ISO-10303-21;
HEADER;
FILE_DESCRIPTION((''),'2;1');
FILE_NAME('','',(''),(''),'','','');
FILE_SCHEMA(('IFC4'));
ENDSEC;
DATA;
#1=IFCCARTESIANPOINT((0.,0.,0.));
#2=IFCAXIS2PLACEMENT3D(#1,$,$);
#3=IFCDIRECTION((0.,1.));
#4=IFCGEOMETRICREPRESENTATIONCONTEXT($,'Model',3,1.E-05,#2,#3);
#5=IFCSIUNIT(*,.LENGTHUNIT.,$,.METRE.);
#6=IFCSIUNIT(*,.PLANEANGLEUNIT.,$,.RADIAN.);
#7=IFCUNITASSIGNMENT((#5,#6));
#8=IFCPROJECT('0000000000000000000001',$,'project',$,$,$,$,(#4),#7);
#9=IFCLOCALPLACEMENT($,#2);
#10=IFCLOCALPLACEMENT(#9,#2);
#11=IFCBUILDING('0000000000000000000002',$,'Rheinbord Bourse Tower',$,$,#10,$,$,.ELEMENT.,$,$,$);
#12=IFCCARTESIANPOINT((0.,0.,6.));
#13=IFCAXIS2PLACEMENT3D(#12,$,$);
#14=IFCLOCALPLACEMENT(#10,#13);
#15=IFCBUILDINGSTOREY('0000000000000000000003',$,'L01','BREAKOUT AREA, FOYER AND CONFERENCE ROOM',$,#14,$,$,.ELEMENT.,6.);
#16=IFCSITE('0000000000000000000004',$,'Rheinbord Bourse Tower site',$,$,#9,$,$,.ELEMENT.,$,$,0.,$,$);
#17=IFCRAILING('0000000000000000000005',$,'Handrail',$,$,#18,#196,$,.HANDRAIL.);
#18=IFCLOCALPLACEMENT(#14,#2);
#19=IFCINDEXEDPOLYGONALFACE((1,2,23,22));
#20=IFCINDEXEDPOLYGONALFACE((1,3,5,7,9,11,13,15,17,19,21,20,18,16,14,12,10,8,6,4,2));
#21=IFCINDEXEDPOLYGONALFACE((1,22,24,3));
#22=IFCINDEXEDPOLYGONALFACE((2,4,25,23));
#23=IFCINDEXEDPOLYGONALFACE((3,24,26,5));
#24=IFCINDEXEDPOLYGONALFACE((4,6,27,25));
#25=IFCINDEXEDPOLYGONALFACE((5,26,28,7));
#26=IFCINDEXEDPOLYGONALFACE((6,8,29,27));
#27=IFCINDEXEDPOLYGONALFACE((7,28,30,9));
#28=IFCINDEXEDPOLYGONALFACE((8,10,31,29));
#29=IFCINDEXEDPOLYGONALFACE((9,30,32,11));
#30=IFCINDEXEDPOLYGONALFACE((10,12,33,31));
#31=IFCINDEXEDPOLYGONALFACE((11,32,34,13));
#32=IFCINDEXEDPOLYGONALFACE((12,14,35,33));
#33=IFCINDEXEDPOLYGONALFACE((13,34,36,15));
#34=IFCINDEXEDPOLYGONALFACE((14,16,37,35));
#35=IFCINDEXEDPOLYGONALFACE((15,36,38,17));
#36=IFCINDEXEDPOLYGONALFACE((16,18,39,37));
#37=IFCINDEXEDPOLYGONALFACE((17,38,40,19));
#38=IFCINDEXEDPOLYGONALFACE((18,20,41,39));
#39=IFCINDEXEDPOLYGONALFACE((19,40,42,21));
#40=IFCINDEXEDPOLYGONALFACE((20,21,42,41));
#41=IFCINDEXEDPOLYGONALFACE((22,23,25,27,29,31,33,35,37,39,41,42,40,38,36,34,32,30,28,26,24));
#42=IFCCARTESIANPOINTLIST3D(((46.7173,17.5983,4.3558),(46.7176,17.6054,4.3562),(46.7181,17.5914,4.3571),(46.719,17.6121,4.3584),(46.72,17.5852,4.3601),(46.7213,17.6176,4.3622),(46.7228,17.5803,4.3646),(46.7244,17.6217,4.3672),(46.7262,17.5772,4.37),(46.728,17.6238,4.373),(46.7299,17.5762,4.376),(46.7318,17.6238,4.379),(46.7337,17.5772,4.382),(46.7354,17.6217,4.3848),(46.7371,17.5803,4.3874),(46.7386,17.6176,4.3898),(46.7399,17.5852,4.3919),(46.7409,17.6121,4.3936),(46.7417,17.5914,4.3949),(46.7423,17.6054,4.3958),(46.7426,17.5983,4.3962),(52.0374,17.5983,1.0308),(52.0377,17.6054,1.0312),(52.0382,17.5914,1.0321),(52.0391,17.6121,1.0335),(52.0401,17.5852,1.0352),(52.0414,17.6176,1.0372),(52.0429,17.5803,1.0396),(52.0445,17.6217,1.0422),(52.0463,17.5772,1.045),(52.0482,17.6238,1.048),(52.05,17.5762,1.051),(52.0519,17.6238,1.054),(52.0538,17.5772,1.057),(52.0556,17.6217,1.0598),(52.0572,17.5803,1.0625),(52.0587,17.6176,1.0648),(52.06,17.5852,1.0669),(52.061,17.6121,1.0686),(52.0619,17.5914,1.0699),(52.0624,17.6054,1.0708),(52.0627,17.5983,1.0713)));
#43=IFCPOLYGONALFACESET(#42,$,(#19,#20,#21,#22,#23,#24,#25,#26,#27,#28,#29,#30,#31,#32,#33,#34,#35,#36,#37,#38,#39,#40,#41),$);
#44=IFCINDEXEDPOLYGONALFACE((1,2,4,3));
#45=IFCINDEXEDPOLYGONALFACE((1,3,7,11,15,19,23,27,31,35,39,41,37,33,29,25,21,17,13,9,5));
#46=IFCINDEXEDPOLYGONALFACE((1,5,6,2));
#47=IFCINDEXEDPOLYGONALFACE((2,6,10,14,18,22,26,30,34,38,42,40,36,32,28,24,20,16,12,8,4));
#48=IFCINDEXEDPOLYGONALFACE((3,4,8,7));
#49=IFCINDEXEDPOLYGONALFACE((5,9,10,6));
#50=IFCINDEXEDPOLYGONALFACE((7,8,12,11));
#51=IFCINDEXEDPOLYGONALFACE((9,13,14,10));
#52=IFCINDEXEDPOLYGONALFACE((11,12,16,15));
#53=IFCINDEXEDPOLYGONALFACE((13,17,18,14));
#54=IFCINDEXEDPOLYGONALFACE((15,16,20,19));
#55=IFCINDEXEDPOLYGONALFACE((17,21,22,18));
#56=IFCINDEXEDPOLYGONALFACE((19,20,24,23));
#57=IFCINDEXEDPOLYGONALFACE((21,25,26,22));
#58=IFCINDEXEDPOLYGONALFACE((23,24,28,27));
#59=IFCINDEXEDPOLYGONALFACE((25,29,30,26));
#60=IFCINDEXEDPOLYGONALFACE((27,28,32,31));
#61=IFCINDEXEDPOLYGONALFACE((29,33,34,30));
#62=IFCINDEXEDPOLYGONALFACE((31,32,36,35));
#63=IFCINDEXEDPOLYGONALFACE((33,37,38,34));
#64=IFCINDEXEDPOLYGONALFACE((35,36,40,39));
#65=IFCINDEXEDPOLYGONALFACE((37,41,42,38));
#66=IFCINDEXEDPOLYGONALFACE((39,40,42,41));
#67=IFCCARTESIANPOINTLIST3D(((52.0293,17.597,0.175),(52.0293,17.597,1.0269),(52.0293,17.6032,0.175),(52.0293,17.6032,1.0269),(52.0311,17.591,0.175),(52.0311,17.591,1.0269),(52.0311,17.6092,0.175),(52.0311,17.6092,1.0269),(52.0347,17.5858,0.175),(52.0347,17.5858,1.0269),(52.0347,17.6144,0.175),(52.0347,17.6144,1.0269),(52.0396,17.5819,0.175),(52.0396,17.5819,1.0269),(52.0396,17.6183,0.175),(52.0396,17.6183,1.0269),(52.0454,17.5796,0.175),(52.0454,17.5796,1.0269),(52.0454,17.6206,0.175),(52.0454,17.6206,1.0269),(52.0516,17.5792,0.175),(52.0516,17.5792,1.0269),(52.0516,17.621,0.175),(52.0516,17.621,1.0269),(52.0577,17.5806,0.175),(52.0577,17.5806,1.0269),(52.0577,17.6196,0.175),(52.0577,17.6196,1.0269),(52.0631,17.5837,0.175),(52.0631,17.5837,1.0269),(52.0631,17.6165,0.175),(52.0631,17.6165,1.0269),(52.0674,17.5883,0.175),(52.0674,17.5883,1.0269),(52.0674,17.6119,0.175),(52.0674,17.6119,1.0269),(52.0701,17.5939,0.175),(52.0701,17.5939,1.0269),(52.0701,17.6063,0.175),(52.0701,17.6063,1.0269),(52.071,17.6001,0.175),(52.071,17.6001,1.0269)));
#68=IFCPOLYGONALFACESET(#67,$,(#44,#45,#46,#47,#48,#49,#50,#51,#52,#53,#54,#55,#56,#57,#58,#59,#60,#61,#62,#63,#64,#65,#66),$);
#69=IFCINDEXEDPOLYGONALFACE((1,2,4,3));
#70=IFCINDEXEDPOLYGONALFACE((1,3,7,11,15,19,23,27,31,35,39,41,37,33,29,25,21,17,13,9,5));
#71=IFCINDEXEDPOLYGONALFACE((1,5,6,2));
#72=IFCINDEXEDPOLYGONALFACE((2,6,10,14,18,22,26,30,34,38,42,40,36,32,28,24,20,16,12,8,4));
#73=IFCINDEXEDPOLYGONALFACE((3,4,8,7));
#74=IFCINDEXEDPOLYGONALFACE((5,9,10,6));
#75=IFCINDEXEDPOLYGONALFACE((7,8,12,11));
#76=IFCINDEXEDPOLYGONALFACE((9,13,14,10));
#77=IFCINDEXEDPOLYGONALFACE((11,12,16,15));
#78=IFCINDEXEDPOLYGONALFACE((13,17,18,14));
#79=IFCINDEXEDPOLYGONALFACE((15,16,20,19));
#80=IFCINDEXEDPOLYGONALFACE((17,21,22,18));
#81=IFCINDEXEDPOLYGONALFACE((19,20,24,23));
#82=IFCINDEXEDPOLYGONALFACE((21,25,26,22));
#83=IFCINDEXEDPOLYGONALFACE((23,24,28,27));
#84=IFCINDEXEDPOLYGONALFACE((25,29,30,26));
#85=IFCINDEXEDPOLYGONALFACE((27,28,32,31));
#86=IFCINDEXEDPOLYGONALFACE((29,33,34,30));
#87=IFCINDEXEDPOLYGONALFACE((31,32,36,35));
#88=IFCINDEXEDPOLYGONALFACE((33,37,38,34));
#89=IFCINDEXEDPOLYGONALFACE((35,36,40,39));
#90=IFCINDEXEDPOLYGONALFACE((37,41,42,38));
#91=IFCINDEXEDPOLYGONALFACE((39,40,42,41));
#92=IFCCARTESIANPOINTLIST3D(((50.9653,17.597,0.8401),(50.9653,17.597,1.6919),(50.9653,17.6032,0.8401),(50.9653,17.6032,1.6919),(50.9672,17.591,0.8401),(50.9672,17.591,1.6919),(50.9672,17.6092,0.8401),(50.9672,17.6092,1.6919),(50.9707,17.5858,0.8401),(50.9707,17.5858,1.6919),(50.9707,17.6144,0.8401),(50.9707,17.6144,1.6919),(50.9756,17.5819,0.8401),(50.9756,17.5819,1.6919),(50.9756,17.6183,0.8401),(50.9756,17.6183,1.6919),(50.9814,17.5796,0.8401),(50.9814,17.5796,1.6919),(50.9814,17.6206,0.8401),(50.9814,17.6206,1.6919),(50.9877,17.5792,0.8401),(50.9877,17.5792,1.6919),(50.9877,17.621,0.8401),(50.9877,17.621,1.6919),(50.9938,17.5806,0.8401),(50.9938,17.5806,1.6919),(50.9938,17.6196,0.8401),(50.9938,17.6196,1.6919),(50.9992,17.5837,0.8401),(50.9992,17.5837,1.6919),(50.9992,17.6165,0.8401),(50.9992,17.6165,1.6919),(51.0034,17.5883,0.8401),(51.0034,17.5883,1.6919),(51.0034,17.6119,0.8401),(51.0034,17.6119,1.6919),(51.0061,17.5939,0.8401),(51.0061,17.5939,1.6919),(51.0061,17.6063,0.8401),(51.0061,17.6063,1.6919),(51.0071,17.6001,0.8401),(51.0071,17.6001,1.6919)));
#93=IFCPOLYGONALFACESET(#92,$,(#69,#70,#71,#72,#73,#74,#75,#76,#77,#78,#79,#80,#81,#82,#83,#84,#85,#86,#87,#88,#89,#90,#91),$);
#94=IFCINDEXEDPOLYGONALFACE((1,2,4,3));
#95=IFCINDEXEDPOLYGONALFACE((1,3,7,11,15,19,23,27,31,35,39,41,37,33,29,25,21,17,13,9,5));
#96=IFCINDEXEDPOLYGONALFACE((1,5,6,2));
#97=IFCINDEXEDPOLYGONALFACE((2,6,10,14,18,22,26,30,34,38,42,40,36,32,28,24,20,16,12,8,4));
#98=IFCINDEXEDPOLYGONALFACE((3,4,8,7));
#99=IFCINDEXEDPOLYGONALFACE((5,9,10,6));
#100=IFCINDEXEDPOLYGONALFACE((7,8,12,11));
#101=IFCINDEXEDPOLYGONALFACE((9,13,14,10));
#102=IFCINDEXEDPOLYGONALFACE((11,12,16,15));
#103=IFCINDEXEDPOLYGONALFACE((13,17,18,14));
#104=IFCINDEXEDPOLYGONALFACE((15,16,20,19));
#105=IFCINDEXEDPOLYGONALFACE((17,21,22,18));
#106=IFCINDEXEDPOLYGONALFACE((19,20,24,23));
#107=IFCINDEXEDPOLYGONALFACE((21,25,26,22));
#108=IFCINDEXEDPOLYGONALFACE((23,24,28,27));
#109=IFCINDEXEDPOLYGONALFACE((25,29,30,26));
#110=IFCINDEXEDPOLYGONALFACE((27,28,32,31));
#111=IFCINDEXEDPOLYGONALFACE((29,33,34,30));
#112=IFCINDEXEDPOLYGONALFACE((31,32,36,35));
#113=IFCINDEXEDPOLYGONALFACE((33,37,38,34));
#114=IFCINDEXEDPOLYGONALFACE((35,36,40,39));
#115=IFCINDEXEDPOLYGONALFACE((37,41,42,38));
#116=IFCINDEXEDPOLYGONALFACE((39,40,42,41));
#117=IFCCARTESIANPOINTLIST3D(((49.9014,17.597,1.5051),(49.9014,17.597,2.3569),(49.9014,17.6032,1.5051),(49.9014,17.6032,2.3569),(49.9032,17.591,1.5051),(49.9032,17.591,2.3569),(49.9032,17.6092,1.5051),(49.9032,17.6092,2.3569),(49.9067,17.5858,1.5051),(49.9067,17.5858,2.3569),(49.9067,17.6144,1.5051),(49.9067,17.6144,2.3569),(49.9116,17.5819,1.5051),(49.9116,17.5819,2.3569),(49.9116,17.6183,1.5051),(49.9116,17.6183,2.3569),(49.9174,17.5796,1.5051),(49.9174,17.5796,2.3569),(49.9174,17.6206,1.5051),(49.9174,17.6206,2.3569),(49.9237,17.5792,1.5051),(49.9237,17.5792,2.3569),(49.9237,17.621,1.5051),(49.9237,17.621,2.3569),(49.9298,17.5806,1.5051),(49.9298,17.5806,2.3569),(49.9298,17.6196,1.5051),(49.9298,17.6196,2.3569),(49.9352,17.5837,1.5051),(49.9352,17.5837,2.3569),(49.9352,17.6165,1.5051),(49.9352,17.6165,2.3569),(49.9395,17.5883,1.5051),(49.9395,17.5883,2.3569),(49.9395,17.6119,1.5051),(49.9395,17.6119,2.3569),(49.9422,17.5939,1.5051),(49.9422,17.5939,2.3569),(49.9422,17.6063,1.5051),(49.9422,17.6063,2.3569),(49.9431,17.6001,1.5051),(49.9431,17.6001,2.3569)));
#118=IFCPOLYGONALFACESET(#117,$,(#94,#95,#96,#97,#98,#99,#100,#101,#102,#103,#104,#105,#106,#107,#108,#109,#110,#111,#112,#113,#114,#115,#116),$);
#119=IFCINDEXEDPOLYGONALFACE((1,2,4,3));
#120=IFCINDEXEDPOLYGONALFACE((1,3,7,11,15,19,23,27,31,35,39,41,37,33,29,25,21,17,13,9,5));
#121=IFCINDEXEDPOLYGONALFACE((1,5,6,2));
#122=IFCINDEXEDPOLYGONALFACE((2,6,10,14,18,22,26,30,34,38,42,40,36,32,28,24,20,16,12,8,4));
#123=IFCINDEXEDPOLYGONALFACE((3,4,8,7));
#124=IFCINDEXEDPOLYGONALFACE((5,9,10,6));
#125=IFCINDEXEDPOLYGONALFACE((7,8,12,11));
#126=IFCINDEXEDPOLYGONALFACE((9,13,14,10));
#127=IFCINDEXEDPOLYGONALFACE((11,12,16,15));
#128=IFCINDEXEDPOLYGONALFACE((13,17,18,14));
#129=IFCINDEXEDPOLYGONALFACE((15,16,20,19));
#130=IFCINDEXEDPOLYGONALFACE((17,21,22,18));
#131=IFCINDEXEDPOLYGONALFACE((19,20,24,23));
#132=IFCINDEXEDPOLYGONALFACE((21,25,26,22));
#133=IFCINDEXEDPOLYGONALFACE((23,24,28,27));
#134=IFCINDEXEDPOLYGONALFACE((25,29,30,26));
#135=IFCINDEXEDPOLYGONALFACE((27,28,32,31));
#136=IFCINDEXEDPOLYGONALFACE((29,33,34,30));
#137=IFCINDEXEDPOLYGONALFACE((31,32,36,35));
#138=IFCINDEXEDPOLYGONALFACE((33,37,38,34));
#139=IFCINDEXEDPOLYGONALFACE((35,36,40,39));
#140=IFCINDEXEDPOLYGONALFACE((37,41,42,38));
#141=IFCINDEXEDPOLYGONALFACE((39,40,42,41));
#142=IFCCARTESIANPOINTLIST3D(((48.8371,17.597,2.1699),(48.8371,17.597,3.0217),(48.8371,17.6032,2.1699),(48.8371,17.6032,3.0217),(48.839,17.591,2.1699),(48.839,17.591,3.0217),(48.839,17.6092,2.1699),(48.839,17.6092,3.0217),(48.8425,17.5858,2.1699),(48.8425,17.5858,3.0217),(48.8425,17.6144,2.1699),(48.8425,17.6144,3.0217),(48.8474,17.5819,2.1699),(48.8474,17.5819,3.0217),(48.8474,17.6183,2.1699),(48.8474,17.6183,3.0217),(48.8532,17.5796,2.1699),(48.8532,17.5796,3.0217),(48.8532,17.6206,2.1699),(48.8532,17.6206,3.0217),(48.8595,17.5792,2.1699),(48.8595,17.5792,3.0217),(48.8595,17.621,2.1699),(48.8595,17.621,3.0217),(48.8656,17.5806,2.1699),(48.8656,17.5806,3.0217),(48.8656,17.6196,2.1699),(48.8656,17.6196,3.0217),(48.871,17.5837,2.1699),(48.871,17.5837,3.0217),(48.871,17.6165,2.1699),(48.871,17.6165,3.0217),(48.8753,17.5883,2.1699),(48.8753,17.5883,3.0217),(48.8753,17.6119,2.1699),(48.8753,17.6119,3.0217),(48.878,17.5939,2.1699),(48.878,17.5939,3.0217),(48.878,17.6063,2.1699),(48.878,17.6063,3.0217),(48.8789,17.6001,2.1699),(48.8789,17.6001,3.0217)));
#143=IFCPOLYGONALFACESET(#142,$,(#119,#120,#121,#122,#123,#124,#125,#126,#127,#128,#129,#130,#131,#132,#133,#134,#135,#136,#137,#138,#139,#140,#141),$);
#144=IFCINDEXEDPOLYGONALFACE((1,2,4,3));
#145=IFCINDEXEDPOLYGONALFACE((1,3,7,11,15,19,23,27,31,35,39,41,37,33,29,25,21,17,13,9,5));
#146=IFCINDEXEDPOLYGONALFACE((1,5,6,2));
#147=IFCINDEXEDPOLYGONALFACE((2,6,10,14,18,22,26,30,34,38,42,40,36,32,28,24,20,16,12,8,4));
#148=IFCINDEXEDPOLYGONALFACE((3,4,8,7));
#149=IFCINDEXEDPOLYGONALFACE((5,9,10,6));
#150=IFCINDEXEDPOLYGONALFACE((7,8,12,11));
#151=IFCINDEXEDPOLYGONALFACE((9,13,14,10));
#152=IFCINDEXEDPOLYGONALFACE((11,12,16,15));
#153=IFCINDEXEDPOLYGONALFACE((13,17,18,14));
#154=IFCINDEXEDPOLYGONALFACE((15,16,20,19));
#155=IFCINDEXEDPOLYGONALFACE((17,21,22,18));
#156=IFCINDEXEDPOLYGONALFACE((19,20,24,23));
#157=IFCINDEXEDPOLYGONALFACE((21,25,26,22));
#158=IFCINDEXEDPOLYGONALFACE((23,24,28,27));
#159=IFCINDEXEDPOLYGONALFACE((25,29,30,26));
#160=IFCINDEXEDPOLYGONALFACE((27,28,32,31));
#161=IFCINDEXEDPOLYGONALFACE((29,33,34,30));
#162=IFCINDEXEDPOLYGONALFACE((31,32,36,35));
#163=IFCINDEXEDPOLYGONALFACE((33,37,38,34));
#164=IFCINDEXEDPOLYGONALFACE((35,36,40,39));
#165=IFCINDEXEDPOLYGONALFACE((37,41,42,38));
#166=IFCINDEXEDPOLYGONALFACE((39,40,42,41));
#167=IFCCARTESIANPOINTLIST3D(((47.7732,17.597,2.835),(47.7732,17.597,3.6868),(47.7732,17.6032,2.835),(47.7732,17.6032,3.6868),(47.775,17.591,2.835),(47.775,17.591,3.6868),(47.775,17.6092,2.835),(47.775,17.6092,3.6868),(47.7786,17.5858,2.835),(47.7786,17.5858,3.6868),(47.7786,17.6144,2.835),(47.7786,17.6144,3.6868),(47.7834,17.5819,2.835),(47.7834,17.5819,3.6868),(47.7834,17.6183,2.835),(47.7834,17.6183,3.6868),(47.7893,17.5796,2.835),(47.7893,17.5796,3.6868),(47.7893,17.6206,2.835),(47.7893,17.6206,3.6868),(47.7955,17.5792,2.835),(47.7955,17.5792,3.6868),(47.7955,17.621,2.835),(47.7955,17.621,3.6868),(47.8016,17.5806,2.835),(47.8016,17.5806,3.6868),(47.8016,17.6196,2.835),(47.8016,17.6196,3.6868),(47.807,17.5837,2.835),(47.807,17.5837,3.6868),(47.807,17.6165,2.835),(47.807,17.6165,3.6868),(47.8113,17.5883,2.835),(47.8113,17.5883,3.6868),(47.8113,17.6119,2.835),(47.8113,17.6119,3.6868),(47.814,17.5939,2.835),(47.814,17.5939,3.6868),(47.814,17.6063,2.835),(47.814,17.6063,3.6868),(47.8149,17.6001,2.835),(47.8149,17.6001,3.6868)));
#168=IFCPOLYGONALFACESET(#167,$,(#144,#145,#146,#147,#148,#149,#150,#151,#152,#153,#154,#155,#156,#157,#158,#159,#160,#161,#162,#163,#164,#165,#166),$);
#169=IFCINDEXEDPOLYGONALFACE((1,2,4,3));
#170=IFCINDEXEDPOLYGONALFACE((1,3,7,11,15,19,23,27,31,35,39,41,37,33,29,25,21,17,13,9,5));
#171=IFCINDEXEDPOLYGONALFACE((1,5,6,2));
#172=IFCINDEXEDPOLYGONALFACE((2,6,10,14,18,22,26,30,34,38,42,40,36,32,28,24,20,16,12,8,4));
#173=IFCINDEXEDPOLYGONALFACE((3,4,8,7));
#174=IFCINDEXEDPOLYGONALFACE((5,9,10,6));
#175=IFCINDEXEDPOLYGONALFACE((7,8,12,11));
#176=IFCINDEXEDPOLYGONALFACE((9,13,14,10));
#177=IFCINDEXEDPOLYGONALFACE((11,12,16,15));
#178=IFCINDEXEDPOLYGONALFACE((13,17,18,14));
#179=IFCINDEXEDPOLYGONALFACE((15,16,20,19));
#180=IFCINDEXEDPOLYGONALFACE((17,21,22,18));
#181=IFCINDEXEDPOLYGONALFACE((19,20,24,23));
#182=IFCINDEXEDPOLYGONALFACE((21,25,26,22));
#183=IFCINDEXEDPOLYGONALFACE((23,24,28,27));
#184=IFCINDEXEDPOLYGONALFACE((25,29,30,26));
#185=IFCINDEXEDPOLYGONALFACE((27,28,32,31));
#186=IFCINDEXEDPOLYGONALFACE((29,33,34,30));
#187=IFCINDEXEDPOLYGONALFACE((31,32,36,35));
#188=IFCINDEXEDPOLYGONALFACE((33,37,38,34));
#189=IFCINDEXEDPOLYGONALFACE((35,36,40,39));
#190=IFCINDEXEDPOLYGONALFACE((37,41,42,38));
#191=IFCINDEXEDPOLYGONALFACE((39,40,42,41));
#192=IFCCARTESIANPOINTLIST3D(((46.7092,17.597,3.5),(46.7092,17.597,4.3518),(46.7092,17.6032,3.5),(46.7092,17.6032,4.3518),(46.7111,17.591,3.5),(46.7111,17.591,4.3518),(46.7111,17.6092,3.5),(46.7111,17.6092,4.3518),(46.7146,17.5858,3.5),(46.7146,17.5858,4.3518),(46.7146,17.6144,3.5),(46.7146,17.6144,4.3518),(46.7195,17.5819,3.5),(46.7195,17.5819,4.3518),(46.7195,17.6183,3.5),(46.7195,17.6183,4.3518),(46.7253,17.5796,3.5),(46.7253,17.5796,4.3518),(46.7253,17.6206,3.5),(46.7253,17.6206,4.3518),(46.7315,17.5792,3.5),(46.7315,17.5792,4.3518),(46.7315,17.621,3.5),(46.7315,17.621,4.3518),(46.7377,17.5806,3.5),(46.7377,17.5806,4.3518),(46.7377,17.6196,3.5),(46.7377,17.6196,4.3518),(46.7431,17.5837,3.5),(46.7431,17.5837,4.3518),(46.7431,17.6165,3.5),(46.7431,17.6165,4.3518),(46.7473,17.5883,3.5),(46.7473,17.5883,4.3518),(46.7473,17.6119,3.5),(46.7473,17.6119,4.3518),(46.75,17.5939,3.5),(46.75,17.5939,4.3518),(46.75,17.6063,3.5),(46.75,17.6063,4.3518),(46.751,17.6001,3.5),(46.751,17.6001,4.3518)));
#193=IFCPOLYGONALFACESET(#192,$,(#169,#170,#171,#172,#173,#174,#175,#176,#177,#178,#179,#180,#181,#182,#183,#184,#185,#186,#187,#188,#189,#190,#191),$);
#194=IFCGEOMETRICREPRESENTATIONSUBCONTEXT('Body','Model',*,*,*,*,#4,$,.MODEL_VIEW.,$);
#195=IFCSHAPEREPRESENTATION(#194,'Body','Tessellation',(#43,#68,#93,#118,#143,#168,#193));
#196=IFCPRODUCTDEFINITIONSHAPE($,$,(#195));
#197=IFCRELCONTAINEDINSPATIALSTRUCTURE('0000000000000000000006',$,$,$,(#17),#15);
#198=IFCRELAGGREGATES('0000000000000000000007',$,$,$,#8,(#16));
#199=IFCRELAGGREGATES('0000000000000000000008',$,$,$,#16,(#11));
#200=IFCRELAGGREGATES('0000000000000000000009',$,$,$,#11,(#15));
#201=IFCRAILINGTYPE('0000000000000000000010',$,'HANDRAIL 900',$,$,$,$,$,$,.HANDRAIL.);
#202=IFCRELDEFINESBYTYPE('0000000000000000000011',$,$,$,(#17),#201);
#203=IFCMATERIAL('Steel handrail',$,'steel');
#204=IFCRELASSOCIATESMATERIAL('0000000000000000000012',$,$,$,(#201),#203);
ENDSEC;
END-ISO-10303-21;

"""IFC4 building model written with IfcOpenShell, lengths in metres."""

from ifc_helpers import new_model, si_unit, direction, frame, origin, origin_2d, place, context, subcontext, project, spatial, circle, extrude, material, type_object, element, save


model = new_model("IFC4")

# Units and contexts
model_context = context("Model", 3, precision=1e-05, world=origin(), true_north=direction((0.0, 1.0)))
body_context = subcontext(model_context, "Body", "Model", "MODEL_VIEW")
ifc_project = project(units=[si_unit("LENGTHUNIT", "METRE"), si_unit("PLANEANGLEUNIT", "RADIAN")], contexts=[model_context])

# Site, building, storey
site_placement = place(None, origin())
site = spatial("IfcSite", under=ifc_project, at=site_placement, Name="Rheinbord Bourse Tower site", CompositionType="ELEMENT", RefElevation=0.0)
building_placement = place(site_placement, origin())
building = spatial("IfcBuilding", under=site, at=building_placement, Name="Rheinbord Bourse Tower", CompositionType="ELEMENT")
storey_placement = place(building_placement, frame((0.0, 0.0, 6.0)))
storey = spatial("IfcBuildingStorey", under=building, at=storey_placement, Name="L01", Description="BREAKOUT AREA, FOYER AND CONFERENCE ROOM", CompositionType="ELEMENT", Elevation=6.0)

# Railing
ifc_material_1 = material(Name="Steel handrail", Category="steel")
railing_type = type_object("IfcRailingType", Name="HANDRAIL 900", PredefinedType="HANDRAIL", material=ifc_material_1)
railing_placement = place(storey_placement, frame((52.05, 17.6001, 0.175)))
element("IfcRailing", 1, at=railing_placement, inside=storey, type_object=railing_type, Name="Handrail", PredefinedType="HANDRAIL", context=body_context, shape_type="SweptSolid", body=[
    extrude(circle(Radius=0.0239, at=origin_2d()), frame((0.0, 0.0, 0.876), z_axis=(-0.848005, 0.0, 0.529988), x_axis=(0.0, -1.0, 0.0)), (0.0, 0.0, 1.0), 6.2737),
    extrude(circle(Radius=0.021, at=origin_2d()), origin(), (0.0, 0.0, 1.0), 0.8518),
    extrude(circle(Radius=0.021, at=origin_2d()), frame((-1.064, 0.0, 0.665)), (0.0, 0.0, 1.0), 0.8518),
    extrude(circle(Radius=0.021, at=origin_2d()), frame((-2.1279, 0.0, 1.3301)), (0.0, 0.0, 1.0), 0.8518),
    extrude(circle(Radius=0.021, at=origin_2d()), frame((-3.1921, 0.0, 1.9949)), (0.0, 0.0, 1.0), 0.8518),
    extrude(circle(Radius=0.021, at=origin_2d()), frame((-4.2561, 0.0, 2.6599)), (0.0, 0.0, 1.0), 0.8518),
    extrude(circle(Radius=0.021, at=origin_2d()), frame((-5.3201, 0.0, 3.325)), (0.0, 0.0, 1.0), 0.8518),
])

save(model, "model.ifc")
